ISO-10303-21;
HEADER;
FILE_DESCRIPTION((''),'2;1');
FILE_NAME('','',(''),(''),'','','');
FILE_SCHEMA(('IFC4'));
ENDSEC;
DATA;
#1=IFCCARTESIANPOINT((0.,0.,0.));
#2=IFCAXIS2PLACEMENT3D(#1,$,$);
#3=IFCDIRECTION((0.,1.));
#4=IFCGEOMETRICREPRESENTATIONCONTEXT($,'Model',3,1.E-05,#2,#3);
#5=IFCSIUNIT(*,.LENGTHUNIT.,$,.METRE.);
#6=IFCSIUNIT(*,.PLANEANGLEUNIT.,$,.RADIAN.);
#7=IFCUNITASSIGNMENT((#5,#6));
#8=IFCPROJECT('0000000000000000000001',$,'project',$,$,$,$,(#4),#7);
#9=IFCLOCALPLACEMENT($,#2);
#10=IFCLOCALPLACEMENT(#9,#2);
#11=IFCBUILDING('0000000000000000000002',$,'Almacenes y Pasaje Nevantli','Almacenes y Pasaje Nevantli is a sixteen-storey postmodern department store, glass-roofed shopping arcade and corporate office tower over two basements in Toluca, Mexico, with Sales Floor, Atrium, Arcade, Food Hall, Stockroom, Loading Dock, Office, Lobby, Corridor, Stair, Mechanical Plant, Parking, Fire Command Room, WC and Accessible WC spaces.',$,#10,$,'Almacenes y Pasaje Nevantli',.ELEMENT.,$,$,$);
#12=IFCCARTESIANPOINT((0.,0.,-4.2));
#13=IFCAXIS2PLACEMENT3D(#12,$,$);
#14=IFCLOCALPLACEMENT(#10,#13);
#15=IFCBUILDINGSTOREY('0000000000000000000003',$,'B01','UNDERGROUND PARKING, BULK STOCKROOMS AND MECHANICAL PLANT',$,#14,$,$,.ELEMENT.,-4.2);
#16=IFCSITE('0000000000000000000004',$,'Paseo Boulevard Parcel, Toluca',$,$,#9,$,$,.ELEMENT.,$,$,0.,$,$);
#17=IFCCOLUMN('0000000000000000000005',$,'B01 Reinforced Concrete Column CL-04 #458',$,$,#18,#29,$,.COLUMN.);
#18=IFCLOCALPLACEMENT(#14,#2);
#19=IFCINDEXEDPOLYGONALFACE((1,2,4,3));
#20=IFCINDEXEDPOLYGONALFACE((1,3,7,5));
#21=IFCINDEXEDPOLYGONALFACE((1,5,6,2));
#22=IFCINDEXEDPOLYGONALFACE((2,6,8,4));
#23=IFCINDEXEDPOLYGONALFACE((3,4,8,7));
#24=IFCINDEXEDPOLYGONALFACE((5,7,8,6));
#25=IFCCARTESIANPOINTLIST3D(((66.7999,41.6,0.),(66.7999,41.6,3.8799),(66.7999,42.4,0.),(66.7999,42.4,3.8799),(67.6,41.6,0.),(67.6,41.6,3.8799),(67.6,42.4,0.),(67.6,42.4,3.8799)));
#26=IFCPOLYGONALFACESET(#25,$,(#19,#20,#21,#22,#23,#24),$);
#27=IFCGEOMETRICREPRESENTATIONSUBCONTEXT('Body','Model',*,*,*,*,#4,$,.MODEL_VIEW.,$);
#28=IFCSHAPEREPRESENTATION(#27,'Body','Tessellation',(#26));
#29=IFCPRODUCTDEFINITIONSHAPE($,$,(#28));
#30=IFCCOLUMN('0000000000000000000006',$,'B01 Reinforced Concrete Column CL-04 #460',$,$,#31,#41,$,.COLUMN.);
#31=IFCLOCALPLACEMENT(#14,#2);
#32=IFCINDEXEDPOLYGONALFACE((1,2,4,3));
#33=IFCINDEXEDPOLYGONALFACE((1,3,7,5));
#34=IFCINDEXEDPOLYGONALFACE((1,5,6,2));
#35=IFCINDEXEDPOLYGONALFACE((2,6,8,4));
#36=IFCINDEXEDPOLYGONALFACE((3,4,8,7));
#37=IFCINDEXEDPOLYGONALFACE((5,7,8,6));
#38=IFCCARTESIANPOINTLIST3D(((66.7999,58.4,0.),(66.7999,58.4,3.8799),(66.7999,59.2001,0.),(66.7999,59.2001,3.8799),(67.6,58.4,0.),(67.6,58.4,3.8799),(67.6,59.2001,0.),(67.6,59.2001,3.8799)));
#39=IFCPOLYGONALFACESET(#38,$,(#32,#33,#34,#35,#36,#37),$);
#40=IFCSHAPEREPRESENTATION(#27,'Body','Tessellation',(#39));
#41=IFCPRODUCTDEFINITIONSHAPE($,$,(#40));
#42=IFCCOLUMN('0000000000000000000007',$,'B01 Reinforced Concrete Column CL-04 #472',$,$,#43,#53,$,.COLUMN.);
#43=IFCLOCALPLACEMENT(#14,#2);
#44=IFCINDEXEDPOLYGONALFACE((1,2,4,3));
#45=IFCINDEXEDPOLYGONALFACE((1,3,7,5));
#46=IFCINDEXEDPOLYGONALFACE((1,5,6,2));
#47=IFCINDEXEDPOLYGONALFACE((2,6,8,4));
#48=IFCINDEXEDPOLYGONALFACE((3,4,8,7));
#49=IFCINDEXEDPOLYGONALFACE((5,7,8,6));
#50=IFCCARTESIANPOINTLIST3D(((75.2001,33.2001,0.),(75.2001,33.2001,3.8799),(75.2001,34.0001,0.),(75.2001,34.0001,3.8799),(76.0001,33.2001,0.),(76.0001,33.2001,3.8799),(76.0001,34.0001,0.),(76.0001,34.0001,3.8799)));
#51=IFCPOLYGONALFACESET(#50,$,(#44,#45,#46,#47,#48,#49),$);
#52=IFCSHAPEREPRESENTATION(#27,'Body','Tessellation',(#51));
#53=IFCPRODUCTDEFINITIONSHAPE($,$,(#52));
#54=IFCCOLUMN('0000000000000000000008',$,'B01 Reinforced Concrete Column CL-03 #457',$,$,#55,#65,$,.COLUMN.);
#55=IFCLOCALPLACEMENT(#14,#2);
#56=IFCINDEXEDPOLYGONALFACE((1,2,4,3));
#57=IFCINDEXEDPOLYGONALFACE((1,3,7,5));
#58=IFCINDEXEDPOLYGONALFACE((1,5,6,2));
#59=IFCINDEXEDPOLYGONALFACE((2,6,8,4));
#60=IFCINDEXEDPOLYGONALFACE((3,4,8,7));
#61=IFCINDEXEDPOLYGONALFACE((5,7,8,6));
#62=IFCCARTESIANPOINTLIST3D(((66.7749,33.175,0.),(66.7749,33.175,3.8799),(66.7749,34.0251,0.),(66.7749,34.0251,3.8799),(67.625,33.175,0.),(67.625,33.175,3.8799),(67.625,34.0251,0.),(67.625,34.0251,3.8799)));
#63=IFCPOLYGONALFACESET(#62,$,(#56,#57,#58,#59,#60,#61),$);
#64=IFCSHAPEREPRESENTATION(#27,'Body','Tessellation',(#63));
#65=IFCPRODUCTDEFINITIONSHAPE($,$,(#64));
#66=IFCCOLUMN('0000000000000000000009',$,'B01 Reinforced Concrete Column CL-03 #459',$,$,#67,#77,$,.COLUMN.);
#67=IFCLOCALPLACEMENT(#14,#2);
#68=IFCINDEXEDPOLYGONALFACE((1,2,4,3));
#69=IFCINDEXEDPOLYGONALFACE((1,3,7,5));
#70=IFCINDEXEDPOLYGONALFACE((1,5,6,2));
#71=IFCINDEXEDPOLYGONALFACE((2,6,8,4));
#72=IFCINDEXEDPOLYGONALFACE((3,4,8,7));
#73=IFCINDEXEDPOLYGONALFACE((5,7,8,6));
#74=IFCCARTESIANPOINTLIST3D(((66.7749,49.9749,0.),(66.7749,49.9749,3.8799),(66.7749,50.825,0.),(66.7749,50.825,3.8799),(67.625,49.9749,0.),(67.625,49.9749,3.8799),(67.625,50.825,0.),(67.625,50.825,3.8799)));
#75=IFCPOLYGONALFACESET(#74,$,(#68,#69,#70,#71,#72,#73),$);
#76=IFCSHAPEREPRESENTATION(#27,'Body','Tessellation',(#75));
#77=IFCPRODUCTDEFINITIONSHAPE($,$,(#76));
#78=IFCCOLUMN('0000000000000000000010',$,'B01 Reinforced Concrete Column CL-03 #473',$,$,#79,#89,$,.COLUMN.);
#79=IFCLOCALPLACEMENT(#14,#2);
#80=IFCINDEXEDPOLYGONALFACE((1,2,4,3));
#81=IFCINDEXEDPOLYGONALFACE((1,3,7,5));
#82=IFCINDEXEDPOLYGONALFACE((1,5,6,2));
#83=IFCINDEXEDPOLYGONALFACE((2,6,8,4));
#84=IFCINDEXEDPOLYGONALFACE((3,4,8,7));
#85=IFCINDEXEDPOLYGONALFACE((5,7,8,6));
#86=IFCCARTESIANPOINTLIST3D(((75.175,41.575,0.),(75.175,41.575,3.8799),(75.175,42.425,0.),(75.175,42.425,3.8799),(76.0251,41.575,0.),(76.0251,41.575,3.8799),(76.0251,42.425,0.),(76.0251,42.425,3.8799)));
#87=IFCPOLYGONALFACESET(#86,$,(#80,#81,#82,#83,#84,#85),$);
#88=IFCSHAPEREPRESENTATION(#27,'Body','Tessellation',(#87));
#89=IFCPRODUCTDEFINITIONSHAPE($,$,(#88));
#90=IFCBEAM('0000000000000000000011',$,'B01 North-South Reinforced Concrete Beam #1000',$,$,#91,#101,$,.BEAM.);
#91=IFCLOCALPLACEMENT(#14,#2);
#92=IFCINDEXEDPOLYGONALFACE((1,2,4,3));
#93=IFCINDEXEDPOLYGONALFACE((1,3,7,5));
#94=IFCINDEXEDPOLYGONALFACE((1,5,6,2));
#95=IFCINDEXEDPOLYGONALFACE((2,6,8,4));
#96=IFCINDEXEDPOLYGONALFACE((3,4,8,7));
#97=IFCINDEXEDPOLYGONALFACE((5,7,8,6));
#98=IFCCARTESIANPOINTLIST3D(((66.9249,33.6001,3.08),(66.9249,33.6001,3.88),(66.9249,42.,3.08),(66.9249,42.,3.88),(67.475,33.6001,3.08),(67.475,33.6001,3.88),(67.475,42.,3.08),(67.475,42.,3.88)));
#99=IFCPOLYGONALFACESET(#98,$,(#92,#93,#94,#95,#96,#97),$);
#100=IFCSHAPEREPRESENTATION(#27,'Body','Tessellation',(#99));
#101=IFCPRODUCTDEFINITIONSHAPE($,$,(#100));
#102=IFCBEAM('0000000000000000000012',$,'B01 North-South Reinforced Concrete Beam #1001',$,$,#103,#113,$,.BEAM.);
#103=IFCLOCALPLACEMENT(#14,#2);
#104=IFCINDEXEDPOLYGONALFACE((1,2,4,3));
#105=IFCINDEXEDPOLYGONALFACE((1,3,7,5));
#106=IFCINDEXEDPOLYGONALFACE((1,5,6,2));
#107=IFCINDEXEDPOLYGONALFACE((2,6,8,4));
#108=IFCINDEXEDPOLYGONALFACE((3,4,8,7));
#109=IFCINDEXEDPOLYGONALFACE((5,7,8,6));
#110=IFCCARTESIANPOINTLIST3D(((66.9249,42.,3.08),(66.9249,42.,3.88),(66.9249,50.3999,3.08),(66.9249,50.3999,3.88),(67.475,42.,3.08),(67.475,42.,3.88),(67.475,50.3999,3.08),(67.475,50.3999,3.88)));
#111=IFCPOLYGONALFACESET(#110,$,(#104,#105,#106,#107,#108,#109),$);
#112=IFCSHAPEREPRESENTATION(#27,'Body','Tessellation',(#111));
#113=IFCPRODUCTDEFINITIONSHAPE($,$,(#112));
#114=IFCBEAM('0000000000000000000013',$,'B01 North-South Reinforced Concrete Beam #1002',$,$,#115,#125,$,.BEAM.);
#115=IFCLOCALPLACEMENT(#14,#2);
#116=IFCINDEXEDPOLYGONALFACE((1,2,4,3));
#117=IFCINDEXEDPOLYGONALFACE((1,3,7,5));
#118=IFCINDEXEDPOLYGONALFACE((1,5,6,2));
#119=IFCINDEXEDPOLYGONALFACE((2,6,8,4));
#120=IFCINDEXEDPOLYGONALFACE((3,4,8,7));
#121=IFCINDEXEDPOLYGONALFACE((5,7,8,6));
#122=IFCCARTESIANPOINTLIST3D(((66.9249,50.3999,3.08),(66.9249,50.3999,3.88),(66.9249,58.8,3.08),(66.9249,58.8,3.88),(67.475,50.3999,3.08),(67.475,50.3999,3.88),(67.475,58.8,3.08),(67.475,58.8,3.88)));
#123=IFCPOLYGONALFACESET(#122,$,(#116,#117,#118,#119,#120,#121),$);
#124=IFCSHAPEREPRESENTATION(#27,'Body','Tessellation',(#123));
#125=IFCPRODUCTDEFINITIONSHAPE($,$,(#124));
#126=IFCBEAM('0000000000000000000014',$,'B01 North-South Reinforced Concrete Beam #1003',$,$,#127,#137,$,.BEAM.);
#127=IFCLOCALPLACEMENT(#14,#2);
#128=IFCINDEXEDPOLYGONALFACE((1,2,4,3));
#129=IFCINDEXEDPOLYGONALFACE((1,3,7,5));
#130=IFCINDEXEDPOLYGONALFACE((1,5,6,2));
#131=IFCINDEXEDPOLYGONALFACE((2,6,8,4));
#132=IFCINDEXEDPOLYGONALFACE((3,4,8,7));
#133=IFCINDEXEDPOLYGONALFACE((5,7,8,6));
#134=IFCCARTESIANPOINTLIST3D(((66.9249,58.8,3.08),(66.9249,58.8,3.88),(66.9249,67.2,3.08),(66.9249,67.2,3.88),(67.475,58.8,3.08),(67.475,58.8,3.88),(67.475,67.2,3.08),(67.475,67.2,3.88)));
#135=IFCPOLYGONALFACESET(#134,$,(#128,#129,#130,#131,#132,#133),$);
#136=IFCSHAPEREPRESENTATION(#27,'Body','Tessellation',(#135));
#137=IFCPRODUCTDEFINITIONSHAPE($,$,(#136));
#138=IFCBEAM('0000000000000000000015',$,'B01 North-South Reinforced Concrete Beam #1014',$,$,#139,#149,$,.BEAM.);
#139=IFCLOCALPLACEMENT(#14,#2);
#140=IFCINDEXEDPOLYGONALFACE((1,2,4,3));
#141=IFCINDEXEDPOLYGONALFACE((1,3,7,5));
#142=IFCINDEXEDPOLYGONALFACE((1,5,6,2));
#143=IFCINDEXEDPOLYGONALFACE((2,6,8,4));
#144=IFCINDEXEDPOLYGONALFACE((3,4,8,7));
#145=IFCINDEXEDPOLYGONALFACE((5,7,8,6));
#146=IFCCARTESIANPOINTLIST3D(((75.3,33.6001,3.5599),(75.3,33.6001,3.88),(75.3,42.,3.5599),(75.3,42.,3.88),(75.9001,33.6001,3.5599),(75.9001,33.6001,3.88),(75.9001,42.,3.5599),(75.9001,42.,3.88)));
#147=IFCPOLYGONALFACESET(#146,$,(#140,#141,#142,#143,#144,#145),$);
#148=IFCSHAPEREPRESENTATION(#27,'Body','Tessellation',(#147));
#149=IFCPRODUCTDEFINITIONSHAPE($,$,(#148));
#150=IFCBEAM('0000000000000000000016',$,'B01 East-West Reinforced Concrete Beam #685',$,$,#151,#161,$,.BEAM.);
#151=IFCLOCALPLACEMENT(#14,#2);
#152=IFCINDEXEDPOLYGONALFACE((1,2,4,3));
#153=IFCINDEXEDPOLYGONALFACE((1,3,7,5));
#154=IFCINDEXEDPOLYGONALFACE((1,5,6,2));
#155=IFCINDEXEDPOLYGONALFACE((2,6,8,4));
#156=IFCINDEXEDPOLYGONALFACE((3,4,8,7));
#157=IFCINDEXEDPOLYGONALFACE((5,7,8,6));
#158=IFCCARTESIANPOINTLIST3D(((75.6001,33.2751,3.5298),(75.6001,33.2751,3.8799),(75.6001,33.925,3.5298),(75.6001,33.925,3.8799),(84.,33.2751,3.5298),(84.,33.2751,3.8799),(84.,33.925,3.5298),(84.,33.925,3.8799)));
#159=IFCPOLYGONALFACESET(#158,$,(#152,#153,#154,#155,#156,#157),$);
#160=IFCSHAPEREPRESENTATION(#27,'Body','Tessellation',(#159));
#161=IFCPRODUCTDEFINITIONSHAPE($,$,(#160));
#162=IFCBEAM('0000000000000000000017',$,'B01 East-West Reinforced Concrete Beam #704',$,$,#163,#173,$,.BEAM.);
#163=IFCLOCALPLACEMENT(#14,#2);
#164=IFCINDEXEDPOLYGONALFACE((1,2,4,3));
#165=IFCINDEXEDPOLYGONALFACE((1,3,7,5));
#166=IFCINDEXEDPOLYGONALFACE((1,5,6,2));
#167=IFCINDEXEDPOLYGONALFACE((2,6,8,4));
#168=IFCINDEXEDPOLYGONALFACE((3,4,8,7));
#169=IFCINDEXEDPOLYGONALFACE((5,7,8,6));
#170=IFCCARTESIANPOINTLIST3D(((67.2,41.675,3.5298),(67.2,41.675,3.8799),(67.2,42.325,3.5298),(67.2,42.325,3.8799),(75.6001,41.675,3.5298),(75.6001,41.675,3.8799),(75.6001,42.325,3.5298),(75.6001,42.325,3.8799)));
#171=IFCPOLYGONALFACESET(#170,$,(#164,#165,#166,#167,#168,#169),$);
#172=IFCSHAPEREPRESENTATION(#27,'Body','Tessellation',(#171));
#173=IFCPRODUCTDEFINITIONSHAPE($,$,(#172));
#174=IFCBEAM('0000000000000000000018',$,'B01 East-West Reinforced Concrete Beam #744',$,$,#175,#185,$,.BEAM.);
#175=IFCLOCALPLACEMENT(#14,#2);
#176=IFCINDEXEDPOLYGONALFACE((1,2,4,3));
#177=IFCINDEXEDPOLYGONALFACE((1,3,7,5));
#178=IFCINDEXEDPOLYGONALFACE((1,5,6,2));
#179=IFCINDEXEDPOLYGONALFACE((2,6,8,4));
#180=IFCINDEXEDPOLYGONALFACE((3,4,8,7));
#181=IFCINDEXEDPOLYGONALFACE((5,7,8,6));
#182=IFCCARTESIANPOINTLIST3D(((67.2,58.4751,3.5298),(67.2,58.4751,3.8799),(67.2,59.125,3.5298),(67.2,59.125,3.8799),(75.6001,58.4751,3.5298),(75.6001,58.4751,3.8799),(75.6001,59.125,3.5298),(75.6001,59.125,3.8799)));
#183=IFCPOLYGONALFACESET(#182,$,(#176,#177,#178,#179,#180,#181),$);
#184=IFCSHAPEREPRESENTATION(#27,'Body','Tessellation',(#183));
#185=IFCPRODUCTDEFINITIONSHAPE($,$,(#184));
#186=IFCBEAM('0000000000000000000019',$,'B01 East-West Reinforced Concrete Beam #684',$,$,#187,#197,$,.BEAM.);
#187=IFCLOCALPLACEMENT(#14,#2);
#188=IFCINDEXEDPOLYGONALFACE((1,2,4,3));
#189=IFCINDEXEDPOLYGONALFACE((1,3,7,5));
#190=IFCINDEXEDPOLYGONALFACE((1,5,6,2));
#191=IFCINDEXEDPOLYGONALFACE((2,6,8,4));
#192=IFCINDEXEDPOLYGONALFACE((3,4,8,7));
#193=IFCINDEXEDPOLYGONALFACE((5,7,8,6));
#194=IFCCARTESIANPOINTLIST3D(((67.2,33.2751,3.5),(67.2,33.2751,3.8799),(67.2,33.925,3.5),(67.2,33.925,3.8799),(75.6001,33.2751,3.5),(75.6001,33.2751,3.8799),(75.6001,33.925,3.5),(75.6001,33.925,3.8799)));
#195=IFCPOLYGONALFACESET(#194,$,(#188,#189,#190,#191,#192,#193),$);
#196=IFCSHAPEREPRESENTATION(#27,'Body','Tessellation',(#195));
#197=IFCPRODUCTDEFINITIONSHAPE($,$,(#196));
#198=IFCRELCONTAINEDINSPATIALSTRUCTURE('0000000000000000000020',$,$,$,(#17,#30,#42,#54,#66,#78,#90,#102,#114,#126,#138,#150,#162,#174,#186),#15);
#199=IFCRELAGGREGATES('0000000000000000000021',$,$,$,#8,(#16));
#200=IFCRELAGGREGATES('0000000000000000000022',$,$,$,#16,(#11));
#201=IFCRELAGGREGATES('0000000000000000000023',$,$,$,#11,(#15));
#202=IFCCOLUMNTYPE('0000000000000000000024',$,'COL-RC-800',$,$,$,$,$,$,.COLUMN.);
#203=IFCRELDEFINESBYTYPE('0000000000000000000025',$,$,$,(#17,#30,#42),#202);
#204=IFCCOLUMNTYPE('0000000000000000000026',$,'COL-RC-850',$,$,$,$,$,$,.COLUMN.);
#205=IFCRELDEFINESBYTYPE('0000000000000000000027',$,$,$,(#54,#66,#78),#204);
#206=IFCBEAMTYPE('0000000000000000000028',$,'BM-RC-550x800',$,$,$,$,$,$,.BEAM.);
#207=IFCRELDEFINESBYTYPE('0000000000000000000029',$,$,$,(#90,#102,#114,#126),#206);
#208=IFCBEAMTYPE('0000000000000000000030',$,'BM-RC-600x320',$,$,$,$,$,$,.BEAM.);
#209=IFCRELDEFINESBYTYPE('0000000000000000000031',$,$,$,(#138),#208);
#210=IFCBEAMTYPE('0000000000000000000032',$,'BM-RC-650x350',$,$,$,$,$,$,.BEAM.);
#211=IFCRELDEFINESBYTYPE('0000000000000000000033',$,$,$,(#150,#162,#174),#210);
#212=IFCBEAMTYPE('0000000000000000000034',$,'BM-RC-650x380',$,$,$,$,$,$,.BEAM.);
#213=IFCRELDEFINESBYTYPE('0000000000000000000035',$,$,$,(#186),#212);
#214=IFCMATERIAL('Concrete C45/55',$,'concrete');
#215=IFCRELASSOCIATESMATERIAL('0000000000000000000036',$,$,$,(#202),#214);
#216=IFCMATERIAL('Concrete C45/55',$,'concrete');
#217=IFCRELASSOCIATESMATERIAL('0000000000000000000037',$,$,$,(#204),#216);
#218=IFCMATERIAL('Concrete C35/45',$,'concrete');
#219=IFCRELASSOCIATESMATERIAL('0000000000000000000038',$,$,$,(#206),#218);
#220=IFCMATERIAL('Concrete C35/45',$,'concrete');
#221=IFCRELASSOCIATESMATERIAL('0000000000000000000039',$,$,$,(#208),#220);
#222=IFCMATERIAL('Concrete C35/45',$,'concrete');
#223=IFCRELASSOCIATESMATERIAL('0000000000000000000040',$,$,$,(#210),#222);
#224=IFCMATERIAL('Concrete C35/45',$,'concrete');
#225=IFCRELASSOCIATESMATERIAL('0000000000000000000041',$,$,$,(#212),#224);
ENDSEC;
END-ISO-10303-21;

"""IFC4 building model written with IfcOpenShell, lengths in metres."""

from ifc_helpers import new_model, si_unit, direction, frame, origin, origin_2d, place, context, subcontext, project, spatial, rectangle, extrude, material, material_profile, profile_set, type_object, element, save


model = new_model("IFC4")

# Units and contexts
model_context = context("Model", 3, precision=1e-05, world=origin(), true_north=direction((0.0, 1.0)))
body_context = subcontext(model_context, "Body", "Model", "MODEL_VIEW")
ifc_project = project(units=[si_unit("LENGTHUNIT", "METRE"), si_unit("PLANEANGLEUNIT", "RADIAN")], contexts=[model_context])

# Site, building, storey
site_placement = place(None, origin())
site = spatial("IfcSite", under=ifc_project, at=site_placement, Name="Paseo Boulevard Parcel, Toluca", CompositionType="ELEMENT", RefElevation=0.0)
building_placement = place(site_placement, origin())
building = spatial("IfcBuilding", under=site, at=building_placement, Name="Almacenes y Pasaje Nevantli", Description="Almacenes y Pasaje Nevantli is a sixteen-storey postmodern department store, glass-roofed shopping arcade and corporate office tower over two basements in Toluca, Mexico, with Sales Floor, Atrium, Arcade, Food Hall, Stockroom, Loading Dock, Office, Lobby, Corridor, Stair, Mechanical Plant, Parking, Fire Command Room, WC and Accessible WC spaces.", LongName="Almacenes y Pasaje Nevantli", CompositionType="ELEMENT")
storey_placement = place(building_placement, frame((0.0, 0.0, -4.2)))
storey = spatial("IfcBuildingStorey", under=building, at=storey_placement, Name="B01", Description="UNDERGROUND PARKING, BULK STOCKROOMS AND MECHANICAL PLANT", CompositionType="ELEMENT", Elevation=-4.2)

# Columns
ifc_material_1 = material(Name="Concrete C45/55", Category="concrete")
ifc_material_profile_1 = material_profile(ifc_material_1, rectangle(XDim=0.8, YDim=0.8, at=origin_2d()), Name="RC-COL-800x800")
ifc_profile_set_1 = profile_set([ifc_material_profile_1], Name="Concrete C45/55")
column_type_1 = type_object("IfcColumnType", Name="COL-RC-800", PredefinedType="COLUMN", material=ifc_profile_set_1)
for number, where, z_axis, x_axis, name in (
    (1, (67.2, 42.0, 0.0), (0.0, 0.0, 1.0), (1.0, 0.0, 0.0), "B01 Reinforced Concrete Column CL-04 #458"),
    (2, (67.2, 58.8, 0.0), (0.0, 0.0, 1.0), (1.0, 0.0, 0.0), "B01 Reinforced Concrete Column CL-04 #460"),
    (3, (75.6001, 33.6001, 0.0), (0.0, 0.0, 1.0), (1.0, 0.0, 0.0), "B01 Reinforced Concrete Column CL-04 #472"),
):
    element("IfcColumn", number, at=place(storey_placement, frame(where, z_axis=z_axis, x_axis=x_axis)), inside=storey, type_object=column_type_1, Name=name, PredefinedType="COLUMN", context=body_context, shape_type="SweptSolid", body=[
        extrude(rectangle(XDim=0.8, YDim=0.8, at=origin_2d()), origin(), (0.0, 0.0, 1.0), 3.8799),
    ])
ifc_material_2 = material(Name="Concrete C45/55", Category="concrete")
ifc_material_profile_2 = material_profile(ifc_material_2, rectangle(XDim=0.8501, YDim=0.8501, at=origin_2d()), Name="RC-COL-850x850")
ifc_profile_set_2 = profile_set([ifc_material_profile_2], Name="Concrete C45/55")
column_type_2 = type_object("IfcColumnType", Name="COL-RC-850", PredefinedType="COLUMN", material=ifc_profile_set_2)
for number, where, z_axis, x_axis, name in (
    (4, (67.2, 33.6001, 0.0), (0.0, 0.0, 1.0), (1.0, 0.0, 0.0), "B01 Reinforced Concrete Column CL-03 #457"),
    (5, (67.2, 50.3999, 0.0), (0.0, 0.0, 1.0), (1.0, 0.0, 0.0), "B01 Reinforced Concrete Column CL-03 #459"),
    (6, (75.6001, 42.0, 0.0), (0.0, 0.0, 1.0), (1.0, 0.0, 0.0), "B01 Reinforced Concrete Column CL-03 #473"),
):
    element("IfcColumn", number, at=place(storey_placement, frame(where, z_axis=z_axis, x_axis=x_axis)), inside=storey, type_object=column_type_2, Name=name, PredefinedType="COLUMN", context=body_context, shape_type="SweptSolid", body=[
        extrude(rectangle(XDim=0.8501, YDim=0.8501, at=origin_2d()), origin(), (0.0, 0.0, 1.0), 3.8799),
    ])

# Beams
ifc_material_3 = material(Name="Concrete C35/45", Category="concrete")
ifc_material_profile_3 = material_profile(ifc_material_3, rectangle(XDim=0.55, YDim=0.8, at=origin_2d()), Name="RC-BM-550x800")
ifc_profile_set_3 = profile_set([ifc_material_profile_3], Name="Concrete C35/45")
beam_type_1 = type_object("IfcBeamType", Name="BM-RC-550x800", PredefinedType="BEAM", material=ifc_profile_set_3)
for number, where, z_axis, x_axis, name in (
    (7, (67.2, 33.6001, 3.48), (0.0, 1.0, 0.0), (-1.0, 0.0, 0.0), "B01 North-South Reinforced Concrete Beam #1000"),
    (8, (67.2, 42.0, 3.48), (0.0, 1.0, 0.0), (-1.0, 0.0, 0.0), "B01 North-South Reinforced Concrete Beam #1001"),
):
    element("IfcBeam", number, at=place(storey_placement, frame(where, z_axis=z_axis, x_axis=x_axis)), inside=storey, type_object=beam_type_1, Name=name, PredefinedType="BEAM", context=body_context, shape_type="SweptSolid", body=[
        extrude(rectangle(XDim=0.55, YDim=0.8, at=origin_2d()), origin(), (0.0, 0.0, 1.0), 8.3999),
    ])
beam_1_placement = place(storey_placement, frame((67.2, 50.3999, 3.48), z_axis=(0.0, 1.0, 0.0), x_axis=(-1.0, 0.0, 0.0)))
element("IfcBeam", 9, at=beam_1_placement, inside=storey, type_object=beam_type_1, Name="B01 North-South Reinforced Concrete Beam #1002", PredefinedType="BEAM", context=body_context, shape_type="SweptSolid", body=[
    extrude(rectangle(XDim=0.55, YDim=0.8, at=origin_2d()), origin(), (0.0, 0.0, 1.0), 8.4001),
])
beam_2_placement = place(storey_placement, frame((67.2, 58.8, 3.48), z_axis=(0.0, 1.0, 0.0), x_axis=(-1.0, 0.0, 0.0)))
element("IfcBeam", 10, at=beam_2_placement, inside=storey, type_object=beam_type_1, Name="B01 North-South Reinforced Concrete Beam #1003", PredefinedType="BEAM", context=body_context, shape_type="SweptSolid", body=[
    extrude(rectangle(XDim=0.55, YDim=0.8, at=origin_2d()), origin(), (0.0, 0.0, 1.0), 8.3999),
])
ifc_material_4 = material(Name="Concrete C35/45", Category="concrete")
ifc_material_profile_4 = material_profile(ifc_material_4, rectangle(XDim=0.6001, YDim=0.3201, at=origin_2d()), Name="RC-BM-600x320")
ifc_profile_set_4 = profile_set([ifc_material_profile_4], Name="Concrete C35/45")
beam_type_2 = type_object("IfcBeamType", Name="BM-RC-600x320", PredefinedType="BEAM", material=ifc_profile_set_4)
beam_3_placement = place(storey_placement, frame((75.6001, 33.6001, 3.72), z_axis=(0.0, 1.0, 0.0), x_axis=(-1.0, 0.0, 0.0)))
element("IfcBeam", 11, at=beam_3_placement, inside=storey, type_object=beam_type_2, Name="B01 North-South Reinforced Concrete Beam #1014", PredefinedType="BEAM", context=body_context, shape_type="SweptSolid", body=[
    extrude(rectangle(XDim=0.6001, YDim=0.3201, at=origin_2d()), origin(), (0.0, 0.0, 1.0), 8.3999),
])
ifc_material_5 = material(Name="Concrete C35/45", Category="concrete")
ifc_material_profile_5 = material_profile(ifc_material_5, rectangle(XDim=0.6499, YDim=0.3501, at=origin_2d()), Name="RC-BM-650x350")
ifc_profile_set_5 = profile_set([ifc_material_profile_5], Name="Concrete C35/45")
beam_type_3 = type_object("IfcBeamType", Name="BM-RC-650x350", PredefinedType="BEAM", material=ifc_profile_set_5)
beam_4_placement = place(storey_placement, frame((75.6001, 33.6001, 3.7048), z_axis=(1.0, 0.0, 0.0), x_axis=(0.0, 1.0, 0.0)))
element("IfcBeam", 12, at=beam_4_placement, inside=storey, type_object=beam_type_3, Name="B01 East-West Reinforced Concrete Beam #685", PredefinedType="BEAM", context=body_context, shape_type="SweptSolid", body=[
    extrude(rectangle(XDim=0.6499, YDim=0.3501, at=origin_2d()), origin(), (0.0, 0.0, 1.0), 8.3999),
])
for number, where, z_axis, x_axis, name in (
    (13, (67.2, 42.0, 3.7048), (1.0, 0.0, 0.0), (0.0, 1.0, 0.0), "B01 East-West Reinforced Concrete Beam #704"),
    (14, (67.2, 58.8, 3.7048), (1.0, 0.0, 0.0), (0.0, 1.0, 0.0), "B01 East-West Reinforced Concrete Beam #744"),
):
    element("IfcBeam", number, at=place(storey_placement, frame(where, z_axis=z_axis, x_axis=x_axis)), inside=storey, type_object=beam_type_3, Name=name, PredefinedType="BEAM", context=body_context, shape_type="SweptSolid", body=[
        extrude(rectangle(XDim=0.6499, YDim=0.3501, at=origin_2d()), origin(), (0.0, 0.0, 1.0), 8.4001),
    ])
ifc_material_6 = material(Name="Concrete C35/45", Category="concrete")
ifc_material_profile_6 = material_profile(ifc_material_6, rectangle(XDim=0.6499, YDim=0.3799, at=origin_2d()), Name="RC-BM-650x380")
ifc_profile_set_6 = profile_set([ifc_material_profile_6], Name="Concrete C35/45")
beam_type_4 = type_object("IfcBeamType", Name="BM-RC-650x380", PredefinedType="BEAM", material=ifc_profile_set_6)
for number, where, z_axis, x_axis, name in (
    (15, (67.2, 33.6001, 3.6899), (1.0, 0.0, 0.0), (0.0, 1.0, 0.0), "B01 East-West Reinforced Concrete Beam #684"),
):
    element("IfcBeam", number, at=place(storey_placement, frame(where, z_axis=z_axis, x_axis=x_axis)), inside=storey, type_object=beam_type_4, Name=name, PredefinedType="BEAM", context=body_context, shape_type="SweptSolid", body=[
        extrude(rectangle(XDim=0.6499, YDim=0.3799, at=origin_2d()), origin(), (0.0, 0.0, 1.0), 8.4001),
    ])

save(model, "model.ifc")
